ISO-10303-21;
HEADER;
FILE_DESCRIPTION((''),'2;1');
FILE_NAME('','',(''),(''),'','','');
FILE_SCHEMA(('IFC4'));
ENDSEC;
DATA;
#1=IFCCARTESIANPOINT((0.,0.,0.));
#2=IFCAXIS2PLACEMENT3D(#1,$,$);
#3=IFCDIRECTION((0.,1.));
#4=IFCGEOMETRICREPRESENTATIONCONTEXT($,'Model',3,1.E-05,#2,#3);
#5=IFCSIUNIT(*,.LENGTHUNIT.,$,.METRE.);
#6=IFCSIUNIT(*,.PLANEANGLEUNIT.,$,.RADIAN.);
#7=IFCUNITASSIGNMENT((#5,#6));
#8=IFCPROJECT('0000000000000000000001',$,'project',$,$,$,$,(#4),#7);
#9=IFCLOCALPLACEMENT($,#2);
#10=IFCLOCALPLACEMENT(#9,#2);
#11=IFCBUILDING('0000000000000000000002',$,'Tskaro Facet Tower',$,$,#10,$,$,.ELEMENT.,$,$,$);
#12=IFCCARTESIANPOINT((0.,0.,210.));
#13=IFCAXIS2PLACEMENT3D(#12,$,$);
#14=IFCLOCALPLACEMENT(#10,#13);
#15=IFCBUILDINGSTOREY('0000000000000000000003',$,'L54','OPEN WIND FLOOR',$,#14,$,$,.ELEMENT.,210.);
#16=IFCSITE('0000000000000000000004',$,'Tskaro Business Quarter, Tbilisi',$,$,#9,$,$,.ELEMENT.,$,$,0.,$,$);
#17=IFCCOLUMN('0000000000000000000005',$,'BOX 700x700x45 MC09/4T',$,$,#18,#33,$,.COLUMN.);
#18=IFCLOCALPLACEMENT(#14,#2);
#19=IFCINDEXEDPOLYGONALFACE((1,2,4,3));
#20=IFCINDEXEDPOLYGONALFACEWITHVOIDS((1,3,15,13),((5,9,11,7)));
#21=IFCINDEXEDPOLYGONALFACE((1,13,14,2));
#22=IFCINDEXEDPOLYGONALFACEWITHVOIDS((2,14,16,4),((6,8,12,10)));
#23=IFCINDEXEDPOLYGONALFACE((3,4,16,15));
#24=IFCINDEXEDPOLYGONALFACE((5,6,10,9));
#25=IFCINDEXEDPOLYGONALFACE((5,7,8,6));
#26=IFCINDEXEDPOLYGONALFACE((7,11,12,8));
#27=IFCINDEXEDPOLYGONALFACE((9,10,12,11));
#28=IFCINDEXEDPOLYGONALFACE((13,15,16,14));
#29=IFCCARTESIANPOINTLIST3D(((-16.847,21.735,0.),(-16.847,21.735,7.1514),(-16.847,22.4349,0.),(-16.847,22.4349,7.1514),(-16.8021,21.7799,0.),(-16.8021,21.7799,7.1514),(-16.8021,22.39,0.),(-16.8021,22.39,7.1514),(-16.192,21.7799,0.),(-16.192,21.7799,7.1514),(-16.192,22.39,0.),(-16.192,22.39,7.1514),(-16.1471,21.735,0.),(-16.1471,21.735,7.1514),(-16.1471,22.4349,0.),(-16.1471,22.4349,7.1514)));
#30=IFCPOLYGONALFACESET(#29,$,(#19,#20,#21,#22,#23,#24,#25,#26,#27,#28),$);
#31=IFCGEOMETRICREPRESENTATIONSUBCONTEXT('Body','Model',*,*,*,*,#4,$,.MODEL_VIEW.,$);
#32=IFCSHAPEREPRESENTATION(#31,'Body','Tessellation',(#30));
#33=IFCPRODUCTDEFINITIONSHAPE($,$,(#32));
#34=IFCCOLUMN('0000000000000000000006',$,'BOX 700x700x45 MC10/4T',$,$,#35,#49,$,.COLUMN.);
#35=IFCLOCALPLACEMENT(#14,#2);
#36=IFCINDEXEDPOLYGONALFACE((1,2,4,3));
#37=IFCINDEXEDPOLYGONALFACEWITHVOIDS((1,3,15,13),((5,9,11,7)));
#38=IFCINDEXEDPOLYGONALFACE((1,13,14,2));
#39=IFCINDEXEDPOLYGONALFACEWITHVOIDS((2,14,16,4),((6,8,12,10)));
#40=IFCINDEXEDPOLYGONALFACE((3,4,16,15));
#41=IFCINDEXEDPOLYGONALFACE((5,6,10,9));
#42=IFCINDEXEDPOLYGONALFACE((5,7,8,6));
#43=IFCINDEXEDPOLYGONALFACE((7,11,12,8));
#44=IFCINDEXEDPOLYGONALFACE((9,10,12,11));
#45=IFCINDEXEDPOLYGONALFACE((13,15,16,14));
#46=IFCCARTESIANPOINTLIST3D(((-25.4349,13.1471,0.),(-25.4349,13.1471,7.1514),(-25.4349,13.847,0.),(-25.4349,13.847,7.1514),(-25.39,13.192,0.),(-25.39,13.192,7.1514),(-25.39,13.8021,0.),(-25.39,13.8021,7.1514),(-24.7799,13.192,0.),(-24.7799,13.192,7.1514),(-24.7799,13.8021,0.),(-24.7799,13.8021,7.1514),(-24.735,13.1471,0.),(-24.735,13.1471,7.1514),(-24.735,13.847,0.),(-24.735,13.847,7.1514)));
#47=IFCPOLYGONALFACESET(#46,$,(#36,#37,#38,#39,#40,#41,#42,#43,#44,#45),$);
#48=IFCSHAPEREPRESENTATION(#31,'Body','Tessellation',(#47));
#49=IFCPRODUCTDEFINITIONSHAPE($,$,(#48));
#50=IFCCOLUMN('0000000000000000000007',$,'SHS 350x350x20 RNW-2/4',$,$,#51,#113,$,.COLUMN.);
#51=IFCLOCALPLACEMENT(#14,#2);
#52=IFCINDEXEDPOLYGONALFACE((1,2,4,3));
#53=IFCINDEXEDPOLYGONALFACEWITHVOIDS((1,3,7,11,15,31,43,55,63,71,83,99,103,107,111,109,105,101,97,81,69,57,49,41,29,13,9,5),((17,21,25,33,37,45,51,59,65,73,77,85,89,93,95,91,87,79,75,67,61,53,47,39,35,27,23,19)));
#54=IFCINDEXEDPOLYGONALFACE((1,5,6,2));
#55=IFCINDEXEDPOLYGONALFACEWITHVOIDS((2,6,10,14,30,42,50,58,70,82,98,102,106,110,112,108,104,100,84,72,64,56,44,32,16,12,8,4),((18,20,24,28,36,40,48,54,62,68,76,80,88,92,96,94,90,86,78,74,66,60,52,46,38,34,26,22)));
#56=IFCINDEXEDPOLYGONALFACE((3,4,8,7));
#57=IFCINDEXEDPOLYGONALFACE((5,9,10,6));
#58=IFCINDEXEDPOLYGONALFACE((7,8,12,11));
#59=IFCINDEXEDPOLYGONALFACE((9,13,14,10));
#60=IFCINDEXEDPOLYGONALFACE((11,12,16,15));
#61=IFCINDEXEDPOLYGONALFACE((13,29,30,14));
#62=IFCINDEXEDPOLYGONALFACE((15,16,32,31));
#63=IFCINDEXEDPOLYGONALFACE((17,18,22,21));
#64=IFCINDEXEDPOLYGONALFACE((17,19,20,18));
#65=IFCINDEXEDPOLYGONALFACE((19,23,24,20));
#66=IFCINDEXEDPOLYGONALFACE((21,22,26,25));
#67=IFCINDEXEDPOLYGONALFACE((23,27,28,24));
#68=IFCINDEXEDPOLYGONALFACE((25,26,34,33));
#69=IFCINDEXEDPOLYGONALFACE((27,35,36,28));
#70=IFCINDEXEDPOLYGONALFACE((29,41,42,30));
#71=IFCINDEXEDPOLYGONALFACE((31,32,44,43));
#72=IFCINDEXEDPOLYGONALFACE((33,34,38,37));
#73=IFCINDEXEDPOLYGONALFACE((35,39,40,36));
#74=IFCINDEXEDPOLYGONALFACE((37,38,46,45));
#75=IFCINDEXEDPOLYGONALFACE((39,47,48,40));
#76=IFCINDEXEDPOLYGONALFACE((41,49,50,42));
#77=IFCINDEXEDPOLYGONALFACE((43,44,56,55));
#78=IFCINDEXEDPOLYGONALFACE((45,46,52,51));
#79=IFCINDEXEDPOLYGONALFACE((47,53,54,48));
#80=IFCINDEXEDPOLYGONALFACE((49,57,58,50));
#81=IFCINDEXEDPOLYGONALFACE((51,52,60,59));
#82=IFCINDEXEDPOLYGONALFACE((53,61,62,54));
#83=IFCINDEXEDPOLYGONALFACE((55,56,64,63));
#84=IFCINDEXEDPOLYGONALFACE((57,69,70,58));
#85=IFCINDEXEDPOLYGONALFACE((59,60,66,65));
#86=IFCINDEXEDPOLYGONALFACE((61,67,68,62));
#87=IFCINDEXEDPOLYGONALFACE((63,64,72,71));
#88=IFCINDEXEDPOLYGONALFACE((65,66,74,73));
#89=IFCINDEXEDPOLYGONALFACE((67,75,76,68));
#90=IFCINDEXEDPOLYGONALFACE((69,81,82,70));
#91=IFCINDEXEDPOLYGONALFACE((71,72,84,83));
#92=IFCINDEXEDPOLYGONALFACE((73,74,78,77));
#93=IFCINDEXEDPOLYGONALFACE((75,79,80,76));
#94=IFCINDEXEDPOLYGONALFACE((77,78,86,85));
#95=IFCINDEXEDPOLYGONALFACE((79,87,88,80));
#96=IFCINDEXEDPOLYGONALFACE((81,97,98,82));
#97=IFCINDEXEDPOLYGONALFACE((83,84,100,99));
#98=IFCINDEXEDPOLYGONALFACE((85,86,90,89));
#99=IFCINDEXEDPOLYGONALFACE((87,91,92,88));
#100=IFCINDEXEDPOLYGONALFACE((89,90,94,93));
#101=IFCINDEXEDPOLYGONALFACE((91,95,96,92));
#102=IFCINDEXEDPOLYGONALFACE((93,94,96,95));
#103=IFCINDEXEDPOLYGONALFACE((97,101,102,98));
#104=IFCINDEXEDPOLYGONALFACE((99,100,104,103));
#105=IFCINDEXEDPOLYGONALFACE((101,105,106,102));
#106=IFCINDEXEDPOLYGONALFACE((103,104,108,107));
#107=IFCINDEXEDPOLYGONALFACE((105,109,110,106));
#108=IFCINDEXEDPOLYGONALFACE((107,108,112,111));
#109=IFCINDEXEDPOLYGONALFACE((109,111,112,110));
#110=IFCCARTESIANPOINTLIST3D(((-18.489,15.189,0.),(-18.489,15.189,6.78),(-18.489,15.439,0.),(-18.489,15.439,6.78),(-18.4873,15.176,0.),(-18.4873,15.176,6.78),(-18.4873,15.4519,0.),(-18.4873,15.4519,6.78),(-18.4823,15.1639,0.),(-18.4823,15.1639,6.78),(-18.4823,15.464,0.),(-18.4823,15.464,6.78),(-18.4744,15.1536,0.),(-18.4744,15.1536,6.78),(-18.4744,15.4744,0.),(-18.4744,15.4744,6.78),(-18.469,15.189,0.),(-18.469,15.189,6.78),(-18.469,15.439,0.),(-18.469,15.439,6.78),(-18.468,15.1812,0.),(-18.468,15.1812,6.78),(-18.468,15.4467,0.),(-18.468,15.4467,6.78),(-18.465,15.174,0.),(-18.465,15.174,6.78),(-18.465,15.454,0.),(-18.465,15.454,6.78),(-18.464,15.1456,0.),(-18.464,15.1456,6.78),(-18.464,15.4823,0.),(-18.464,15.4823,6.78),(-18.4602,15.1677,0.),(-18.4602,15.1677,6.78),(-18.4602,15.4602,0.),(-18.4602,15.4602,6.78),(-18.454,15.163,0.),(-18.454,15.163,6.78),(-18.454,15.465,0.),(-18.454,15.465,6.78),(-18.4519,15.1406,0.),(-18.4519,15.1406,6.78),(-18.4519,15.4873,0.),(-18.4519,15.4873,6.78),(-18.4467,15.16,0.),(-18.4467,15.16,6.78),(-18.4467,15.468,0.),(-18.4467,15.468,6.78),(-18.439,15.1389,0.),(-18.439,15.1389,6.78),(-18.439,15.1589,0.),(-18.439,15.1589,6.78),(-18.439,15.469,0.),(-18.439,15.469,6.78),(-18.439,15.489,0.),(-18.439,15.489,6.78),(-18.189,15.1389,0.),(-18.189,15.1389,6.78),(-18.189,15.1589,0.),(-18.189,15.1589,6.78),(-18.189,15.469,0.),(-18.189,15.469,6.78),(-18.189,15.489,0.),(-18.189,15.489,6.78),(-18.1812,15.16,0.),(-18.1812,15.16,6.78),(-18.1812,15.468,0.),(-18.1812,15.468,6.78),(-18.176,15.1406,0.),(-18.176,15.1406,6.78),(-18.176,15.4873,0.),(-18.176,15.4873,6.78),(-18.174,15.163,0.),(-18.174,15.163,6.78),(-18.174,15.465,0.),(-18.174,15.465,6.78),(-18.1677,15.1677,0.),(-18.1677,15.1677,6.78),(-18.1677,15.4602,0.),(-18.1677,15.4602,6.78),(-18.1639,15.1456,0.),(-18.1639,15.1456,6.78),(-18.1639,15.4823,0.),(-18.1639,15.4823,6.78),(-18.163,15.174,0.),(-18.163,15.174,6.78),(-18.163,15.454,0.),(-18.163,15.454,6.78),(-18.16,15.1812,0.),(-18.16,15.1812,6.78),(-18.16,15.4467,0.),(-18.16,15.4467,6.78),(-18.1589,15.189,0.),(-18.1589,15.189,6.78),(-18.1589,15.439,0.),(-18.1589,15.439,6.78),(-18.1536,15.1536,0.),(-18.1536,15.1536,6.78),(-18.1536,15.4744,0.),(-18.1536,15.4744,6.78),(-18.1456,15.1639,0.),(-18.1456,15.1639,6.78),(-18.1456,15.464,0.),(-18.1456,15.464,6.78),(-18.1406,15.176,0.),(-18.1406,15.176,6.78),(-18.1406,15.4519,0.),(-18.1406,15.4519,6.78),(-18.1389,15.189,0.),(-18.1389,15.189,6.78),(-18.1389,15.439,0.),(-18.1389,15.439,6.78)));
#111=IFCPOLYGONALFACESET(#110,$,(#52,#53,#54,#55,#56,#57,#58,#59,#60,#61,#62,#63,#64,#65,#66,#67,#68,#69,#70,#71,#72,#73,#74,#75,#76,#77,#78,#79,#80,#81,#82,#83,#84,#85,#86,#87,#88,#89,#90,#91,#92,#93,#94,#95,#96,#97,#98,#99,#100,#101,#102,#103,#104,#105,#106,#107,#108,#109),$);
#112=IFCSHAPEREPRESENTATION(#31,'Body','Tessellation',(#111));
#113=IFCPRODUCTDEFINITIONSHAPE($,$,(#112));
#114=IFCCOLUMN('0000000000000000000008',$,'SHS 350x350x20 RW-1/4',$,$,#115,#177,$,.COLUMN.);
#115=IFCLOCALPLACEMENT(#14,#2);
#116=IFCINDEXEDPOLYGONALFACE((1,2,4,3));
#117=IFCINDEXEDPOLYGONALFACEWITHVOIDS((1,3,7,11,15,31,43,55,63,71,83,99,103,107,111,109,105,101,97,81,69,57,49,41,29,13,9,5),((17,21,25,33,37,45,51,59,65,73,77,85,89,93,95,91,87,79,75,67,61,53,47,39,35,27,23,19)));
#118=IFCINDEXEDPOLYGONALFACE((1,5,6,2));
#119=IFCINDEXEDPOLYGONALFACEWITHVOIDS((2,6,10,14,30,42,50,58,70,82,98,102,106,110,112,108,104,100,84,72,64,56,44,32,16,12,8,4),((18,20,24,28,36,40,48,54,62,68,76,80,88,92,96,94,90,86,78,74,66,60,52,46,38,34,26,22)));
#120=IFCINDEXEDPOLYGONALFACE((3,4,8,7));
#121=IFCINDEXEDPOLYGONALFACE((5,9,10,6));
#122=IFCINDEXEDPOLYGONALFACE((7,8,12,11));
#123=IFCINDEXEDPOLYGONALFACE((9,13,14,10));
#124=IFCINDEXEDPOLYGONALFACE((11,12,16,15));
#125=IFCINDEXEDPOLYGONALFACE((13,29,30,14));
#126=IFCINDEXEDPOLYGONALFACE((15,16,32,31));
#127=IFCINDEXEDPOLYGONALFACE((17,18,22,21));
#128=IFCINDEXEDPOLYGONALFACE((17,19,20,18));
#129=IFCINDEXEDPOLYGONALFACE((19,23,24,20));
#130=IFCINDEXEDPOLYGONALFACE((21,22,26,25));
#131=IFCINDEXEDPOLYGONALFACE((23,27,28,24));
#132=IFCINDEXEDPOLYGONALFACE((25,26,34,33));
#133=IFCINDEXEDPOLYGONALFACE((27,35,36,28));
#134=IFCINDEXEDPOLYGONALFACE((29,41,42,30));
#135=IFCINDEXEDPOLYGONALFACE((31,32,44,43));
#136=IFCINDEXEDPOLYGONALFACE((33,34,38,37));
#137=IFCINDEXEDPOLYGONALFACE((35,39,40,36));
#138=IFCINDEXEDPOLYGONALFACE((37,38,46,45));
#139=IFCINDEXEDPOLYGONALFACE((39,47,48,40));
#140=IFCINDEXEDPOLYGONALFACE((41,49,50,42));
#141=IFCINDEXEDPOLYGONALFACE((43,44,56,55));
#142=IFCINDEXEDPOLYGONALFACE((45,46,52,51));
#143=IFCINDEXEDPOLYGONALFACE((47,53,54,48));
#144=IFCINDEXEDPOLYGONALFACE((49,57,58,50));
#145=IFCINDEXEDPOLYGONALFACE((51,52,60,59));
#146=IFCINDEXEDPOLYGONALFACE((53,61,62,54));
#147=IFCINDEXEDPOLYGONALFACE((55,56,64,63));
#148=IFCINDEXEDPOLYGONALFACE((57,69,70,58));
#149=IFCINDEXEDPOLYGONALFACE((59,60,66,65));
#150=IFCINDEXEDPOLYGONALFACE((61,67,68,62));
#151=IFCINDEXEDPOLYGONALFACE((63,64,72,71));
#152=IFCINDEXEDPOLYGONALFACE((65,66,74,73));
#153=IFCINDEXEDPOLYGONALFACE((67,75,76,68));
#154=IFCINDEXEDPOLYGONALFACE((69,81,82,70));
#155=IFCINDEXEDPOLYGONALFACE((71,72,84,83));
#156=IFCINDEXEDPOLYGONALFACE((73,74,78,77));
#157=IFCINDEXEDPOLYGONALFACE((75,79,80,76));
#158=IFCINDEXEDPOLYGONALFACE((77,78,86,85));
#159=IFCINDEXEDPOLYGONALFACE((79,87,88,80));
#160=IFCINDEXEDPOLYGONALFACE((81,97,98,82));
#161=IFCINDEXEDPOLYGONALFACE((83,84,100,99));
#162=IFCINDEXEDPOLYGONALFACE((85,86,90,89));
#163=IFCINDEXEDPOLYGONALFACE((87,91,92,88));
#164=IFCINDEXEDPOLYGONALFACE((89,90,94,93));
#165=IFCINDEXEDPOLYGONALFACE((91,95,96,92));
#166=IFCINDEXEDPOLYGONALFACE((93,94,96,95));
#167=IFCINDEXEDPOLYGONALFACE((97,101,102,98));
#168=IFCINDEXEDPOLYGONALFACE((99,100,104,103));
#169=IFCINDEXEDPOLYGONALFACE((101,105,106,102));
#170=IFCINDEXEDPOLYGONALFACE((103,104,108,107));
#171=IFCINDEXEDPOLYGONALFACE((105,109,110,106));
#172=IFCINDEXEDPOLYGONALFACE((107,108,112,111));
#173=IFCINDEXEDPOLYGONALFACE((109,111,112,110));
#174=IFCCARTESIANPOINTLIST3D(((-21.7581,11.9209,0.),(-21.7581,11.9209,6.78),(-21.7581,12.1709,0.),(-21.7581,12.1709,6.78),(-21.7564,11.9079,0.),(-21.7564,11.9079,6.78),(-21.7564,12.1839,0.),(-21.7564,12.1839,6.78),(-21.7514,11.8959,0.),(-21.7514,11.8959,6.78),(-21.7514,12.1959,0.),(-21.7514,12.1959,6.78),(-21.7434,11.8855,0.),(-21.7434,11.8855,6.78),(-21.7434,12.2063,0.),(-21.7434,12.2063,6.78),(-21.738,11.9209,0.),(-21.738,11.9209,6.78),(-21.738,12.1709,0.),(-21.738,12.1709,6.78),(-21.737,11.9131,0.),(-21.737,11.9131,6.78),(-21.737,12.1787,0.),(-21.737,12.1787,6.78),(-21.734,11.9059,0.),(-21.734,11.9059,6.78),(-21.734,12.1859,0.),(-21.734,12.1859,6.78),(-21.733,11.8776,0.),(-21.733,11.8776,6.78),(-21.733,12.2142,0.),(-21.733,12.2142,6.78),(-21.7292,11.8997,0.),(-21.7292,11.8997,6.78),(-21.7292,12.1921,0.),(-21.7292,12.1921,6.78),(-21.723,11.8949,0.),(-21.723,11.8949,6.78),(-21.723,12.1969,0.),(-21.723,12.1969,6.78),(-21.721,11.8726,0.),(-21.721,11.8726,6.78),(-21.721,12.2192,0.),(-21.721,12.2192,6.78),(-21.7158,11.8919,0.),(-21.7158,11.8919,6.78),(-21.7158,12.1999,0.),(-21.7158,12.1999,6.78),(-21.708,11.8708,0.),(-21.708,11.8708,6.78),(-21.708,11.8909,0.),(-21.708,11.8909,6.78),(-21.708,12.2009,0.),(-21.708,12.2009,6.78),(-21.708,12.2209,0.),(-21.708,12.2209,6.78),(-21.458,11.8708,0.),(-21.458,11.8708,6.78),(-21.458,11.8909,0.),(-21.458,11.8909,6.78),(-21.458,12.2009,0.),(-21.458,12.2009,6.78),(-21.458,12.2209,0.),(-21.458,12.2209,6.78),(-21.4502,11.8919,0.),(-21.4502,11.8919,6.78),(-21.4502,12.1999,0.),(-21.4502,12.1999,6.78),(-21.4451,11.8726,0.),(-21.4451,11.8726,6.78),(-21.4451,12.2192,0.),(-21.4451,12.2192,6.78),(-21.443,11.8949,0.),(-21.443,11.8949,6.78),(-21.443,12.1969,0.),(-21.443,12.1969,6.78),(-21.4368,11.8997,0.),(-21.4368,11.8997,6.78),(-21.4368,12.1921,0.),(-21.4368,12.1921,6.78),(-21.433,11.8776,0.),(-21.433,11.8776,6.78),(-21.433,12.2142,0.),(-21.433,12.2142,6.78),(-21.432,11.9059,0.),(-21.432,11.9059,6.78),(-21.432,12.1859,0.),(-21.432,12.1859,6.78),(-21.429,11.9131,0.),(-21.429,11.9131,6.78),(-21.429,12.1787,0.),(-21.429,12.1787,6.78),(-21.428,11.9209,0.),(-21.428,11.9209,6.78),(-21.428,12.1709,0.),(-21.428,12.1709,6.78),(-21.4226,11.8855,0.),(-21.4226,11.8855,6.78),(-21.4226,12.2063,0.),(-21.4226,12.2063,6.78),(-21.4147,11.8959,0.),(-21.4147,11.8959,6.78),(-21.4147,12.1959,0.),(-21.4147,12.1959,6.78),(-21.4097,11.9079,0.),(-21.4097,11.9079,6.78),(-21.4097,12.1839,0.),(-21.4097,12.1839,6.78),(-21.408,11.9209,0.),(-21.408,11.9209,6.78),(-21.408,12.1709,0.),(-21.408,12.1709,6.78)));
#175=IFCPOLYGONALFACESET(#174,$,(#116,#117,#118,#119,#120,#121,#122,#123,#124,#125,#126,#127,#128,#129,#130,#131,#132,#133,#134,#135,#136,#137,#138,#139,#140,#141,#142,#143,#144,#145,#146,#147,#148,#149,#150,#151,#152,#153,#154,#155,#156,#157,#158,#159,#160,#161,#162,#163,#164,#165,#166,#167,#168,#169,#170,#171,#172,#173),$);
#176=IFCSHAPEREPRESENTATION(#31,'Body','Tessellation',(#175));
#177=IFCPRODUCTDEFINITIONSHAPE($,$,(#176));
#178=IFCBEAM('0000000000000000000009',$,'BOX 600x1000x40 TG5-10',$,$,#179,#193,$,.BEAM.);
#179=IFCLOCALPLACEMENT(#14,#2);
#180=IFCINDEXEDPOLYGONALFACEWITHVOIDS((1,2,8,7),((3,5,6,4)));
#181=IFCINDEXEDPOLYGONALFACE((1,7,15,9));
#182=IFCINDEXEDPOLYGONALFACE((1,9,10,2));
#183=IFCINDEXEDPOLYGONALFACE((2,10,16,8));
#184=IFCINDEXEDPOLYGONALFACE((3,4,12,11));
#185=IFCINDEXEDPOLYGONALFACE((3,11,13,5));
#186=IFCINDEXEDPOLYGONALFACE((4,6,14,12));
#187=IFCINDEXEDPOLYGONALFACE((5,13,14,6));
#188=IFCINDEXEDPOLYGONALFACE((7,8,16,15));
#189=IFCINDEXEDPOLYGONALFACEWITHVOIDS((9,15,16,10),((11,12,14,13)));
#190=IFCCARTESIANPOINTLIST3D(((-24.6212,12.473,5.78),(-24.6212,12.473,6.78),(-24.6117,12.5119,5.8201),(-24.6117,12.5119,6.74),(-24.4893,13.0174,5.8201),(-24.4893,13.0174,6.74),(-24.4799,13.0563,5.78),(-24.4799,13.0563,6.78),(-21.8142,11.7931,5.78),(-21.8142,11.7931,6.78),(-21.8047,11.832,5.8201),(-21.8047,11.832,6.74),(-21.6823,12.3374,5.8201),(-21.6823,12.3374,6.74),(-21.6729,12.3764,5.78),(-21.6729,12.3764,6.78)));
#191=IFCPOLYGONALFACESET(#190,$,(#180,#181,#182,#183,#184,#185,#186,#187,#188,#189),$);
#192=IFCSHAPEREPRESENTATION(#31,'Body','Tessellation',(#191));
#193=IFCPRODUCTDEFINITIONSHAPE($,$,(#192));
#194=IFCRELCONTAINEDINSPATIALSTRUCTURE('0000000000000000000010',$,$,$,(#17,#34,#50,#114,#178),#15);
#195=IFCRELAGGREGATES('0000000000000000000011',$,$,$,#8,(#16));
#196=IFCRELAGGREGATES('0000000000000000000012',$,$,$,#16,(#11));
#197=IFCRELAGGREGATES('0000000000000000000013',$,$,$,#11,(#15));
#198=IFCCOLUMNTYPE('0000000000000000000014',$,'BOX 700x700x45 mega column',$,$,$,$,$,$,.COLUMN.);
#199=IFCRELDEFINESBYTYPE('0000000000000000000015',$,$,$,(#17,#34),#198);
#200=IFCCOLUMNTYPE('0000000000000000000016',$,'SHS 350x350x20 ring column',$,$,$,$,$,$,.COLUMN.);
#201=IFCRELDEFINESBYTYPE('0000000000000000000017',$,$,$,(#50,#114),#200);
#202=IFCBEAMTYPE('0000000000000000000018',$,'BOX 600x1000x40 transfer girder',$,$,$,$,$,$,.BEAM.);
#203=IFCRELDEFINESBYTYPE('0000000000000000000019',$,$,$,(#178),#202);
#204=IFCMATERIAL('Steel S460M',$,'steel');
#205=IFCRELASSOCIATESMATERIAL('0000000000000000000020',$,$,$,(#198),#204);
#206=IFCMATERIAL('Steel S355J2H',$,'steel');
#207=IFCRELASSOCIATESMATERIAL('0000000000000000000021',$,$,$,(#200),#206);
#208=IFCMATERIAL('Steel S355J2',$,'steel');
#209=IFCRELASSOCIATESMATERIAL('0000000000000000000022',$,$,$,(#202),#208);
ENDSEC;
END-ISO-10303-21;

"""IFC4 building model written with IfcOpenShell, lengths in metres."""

from ifc_helpers import new_model, si_unit, direction, frame, origin, origin_2d, place, context, subcontext, project, spatial, hollow_rectangle, extrude, material, material_profile, profile_set, type_object, element, save


model = new_model("IFC4")

# Units and contexts
model_context = context("Model", 3, precision=1e-05, world=origin(), true_north=direction((0.0, 1.0)))
body_context = subcontext(model_context, "Body", "Model", "MODEL_VIEW")
ifc_project = project(units=[si_unit("LENGTHUNIT", "METRE"), si_unit("PLANEANGLEUNIT", "RADIAN")], contexts=[model_context])

# Site, building, storey
site_placement = place(None, origin())
site = spatial("IfcSite", under=ifc_project, at=site_placement, Name="Tskaro Business Quarter, Tbilisi", CompositionType="ELEMENT", RefElevation=0.0)
building_placement = place(site_placement, origin())
building = spatial("IfcBuilding", under=site, at=building_placement, Name="Tskaro Facet Tower", CompositionType="ELEMENT")
storey_placement = place(building_placement, frame((0.0, 0.0, 210.0)))
storey = spatial("IfcBuildingStorey", under=building, at=storey_placement, Name="L54", Description="OPEN WIND FLOOR", CompositionType="ELEMENT", Elevation=210.0)

# Columns
ifc_material_1 = material(Name="Steel S460M", Category="steel")
ifc_material_profile_1 = material_profile(ifc_material_1, hollow_rectangle(XDim=0.7, YDim=0.7, WallThickness=0.0449, at=origin_2d()), Name="BOX 700x700x45")
ifc_profile_set_1 = profile_set([ifc_material_profile_1], Name="Steel S460M")
column_type_1 = type_object("IfcColumnType", Name="BOX 700x700x45 mega column", PredefinedType="COLUMN", material=ifc_profile_set_1)
for number, where, z_axis, x_axis, name in (
    (1, (-16.4971, 22.085, 0.0), (0.0, 0.0, 1.0), (1.0, 0.0, 0.0), "BOX 700x700x45 MC09/4T"),
    (2, (-25.085, 13.4971, 0.0), (0.0, 0.0, 1.0), (1.0, 0.0, 0.0), "BOX 700x700x45 MC10/4T"),
):
    element("IfcColumn", number, at=place(storey_placement, frame(where, z_axis=z_axis, x_axis=x_axis)), inside=storey, type_object=column_type_1, Name=name, PredefinedType="COLUMN", context=body_context, shape_type="SweptSolid", body=[
        extrude(hollow_rectangle(XDim=0.7, YDim=0.7, WallThickness=0.0449, at=origin_2d()), origin(), (0.0, 0.0, 1.0), 7.1514),
    ])
ifc_material_2 = material(Name="Steel S355J2H", Category="steel")
ifc_material_profile_2 = material_profile(ifc_material_2, hollow_rectangle(XDim=0.3501, YDim=0.3501, WallThickness=0.02, InnerFilletRadius=0.03, OuterFilletRadius=0.05, at=origin_2d()), Name="SHS 350x350x20")
ifc_profile_set_2 = profile_set([ifc_material_profile_2], Name="Steel S355J2H")
column_type_2 = type_object("IfcColumnType", Name="SHS 350x350x20 ring column", PredefinedType="COLUMN", material=ifc_profile_set_2)
for number, where, z_axis, x_axis, name in (
    (3, (-18.314, 15.314, 0.0), (0.0, 0.0, 1.0), (1.0, 0.0, 0.0), "SHS 350x350x20 RNW-2/4"),
    (4, (-21.583, 12.0459, 0.0), (0.0, 0.0, 1.0), (1.0, 0.0, 0.0), "SHS 350x350x20 RW-1/4"),
):
    element("IfcColumn", number, at=place(storey_placement, frame(where, z_axis=z_axis, x_axis=x_axis)), inside=storey, type_object=column_type_2, Name=name, PredefinedType="COLUMN", context=body_context, shape_type="SweptSolid", body=[
        extrude(hollow_rectangle(XDim=0.3501, YDim=0.3501, WallThickness=0.02, InnerFilletRadius=0.03, OuterFilletRadius=0.05, at=origin_2d()), origin(), (0.0, 0.0, 1.0), 6.78),
    ])

# Beam
ifc_material_3 = material(Name="Steel S355J2", Category="steel")
ifc_material_profile_3 = material_profile(ifc_material_3, hollow_rectangle(XDim=0.6001, YDim=1.0, WallThickness=0.04, at=origin_2d()), Name="BOX 600x1000x40")
ifc_profile_set_3 = profile_set([ifc_material_profile_3], Name="Steel S355J2")
beam_type_1 = type_object("IfcBeamType", Name="BOX 600x1000x40 transfer girder", PredefinedType="BEAM", material=ifc_profile_set_3)
beam_1_placement = place(storey_placement, frame((-24.5505, 12.7646, 6.28), z_axis=(0.971896, -0.235409, 0.0), x_axis=(0.235409, 0.971896, 0.0)))
element("IfcBeam", 5, at=beam_1_placement, inside=storey, type_object=beam_type_1, Name="BOX 600x1000x40 TG5-10", PredefinedType="BEAM", context=body_context, shape_type="SweptSolid", body=[
    extrude(hollow_rectangle(XDim=0.6001, YDim=1.0, WallThickness=0.04, at=origin_2d()), origin(), (0.0, 0.0, 1.0), 2.8882),
])

save(model, "model.ifc")
